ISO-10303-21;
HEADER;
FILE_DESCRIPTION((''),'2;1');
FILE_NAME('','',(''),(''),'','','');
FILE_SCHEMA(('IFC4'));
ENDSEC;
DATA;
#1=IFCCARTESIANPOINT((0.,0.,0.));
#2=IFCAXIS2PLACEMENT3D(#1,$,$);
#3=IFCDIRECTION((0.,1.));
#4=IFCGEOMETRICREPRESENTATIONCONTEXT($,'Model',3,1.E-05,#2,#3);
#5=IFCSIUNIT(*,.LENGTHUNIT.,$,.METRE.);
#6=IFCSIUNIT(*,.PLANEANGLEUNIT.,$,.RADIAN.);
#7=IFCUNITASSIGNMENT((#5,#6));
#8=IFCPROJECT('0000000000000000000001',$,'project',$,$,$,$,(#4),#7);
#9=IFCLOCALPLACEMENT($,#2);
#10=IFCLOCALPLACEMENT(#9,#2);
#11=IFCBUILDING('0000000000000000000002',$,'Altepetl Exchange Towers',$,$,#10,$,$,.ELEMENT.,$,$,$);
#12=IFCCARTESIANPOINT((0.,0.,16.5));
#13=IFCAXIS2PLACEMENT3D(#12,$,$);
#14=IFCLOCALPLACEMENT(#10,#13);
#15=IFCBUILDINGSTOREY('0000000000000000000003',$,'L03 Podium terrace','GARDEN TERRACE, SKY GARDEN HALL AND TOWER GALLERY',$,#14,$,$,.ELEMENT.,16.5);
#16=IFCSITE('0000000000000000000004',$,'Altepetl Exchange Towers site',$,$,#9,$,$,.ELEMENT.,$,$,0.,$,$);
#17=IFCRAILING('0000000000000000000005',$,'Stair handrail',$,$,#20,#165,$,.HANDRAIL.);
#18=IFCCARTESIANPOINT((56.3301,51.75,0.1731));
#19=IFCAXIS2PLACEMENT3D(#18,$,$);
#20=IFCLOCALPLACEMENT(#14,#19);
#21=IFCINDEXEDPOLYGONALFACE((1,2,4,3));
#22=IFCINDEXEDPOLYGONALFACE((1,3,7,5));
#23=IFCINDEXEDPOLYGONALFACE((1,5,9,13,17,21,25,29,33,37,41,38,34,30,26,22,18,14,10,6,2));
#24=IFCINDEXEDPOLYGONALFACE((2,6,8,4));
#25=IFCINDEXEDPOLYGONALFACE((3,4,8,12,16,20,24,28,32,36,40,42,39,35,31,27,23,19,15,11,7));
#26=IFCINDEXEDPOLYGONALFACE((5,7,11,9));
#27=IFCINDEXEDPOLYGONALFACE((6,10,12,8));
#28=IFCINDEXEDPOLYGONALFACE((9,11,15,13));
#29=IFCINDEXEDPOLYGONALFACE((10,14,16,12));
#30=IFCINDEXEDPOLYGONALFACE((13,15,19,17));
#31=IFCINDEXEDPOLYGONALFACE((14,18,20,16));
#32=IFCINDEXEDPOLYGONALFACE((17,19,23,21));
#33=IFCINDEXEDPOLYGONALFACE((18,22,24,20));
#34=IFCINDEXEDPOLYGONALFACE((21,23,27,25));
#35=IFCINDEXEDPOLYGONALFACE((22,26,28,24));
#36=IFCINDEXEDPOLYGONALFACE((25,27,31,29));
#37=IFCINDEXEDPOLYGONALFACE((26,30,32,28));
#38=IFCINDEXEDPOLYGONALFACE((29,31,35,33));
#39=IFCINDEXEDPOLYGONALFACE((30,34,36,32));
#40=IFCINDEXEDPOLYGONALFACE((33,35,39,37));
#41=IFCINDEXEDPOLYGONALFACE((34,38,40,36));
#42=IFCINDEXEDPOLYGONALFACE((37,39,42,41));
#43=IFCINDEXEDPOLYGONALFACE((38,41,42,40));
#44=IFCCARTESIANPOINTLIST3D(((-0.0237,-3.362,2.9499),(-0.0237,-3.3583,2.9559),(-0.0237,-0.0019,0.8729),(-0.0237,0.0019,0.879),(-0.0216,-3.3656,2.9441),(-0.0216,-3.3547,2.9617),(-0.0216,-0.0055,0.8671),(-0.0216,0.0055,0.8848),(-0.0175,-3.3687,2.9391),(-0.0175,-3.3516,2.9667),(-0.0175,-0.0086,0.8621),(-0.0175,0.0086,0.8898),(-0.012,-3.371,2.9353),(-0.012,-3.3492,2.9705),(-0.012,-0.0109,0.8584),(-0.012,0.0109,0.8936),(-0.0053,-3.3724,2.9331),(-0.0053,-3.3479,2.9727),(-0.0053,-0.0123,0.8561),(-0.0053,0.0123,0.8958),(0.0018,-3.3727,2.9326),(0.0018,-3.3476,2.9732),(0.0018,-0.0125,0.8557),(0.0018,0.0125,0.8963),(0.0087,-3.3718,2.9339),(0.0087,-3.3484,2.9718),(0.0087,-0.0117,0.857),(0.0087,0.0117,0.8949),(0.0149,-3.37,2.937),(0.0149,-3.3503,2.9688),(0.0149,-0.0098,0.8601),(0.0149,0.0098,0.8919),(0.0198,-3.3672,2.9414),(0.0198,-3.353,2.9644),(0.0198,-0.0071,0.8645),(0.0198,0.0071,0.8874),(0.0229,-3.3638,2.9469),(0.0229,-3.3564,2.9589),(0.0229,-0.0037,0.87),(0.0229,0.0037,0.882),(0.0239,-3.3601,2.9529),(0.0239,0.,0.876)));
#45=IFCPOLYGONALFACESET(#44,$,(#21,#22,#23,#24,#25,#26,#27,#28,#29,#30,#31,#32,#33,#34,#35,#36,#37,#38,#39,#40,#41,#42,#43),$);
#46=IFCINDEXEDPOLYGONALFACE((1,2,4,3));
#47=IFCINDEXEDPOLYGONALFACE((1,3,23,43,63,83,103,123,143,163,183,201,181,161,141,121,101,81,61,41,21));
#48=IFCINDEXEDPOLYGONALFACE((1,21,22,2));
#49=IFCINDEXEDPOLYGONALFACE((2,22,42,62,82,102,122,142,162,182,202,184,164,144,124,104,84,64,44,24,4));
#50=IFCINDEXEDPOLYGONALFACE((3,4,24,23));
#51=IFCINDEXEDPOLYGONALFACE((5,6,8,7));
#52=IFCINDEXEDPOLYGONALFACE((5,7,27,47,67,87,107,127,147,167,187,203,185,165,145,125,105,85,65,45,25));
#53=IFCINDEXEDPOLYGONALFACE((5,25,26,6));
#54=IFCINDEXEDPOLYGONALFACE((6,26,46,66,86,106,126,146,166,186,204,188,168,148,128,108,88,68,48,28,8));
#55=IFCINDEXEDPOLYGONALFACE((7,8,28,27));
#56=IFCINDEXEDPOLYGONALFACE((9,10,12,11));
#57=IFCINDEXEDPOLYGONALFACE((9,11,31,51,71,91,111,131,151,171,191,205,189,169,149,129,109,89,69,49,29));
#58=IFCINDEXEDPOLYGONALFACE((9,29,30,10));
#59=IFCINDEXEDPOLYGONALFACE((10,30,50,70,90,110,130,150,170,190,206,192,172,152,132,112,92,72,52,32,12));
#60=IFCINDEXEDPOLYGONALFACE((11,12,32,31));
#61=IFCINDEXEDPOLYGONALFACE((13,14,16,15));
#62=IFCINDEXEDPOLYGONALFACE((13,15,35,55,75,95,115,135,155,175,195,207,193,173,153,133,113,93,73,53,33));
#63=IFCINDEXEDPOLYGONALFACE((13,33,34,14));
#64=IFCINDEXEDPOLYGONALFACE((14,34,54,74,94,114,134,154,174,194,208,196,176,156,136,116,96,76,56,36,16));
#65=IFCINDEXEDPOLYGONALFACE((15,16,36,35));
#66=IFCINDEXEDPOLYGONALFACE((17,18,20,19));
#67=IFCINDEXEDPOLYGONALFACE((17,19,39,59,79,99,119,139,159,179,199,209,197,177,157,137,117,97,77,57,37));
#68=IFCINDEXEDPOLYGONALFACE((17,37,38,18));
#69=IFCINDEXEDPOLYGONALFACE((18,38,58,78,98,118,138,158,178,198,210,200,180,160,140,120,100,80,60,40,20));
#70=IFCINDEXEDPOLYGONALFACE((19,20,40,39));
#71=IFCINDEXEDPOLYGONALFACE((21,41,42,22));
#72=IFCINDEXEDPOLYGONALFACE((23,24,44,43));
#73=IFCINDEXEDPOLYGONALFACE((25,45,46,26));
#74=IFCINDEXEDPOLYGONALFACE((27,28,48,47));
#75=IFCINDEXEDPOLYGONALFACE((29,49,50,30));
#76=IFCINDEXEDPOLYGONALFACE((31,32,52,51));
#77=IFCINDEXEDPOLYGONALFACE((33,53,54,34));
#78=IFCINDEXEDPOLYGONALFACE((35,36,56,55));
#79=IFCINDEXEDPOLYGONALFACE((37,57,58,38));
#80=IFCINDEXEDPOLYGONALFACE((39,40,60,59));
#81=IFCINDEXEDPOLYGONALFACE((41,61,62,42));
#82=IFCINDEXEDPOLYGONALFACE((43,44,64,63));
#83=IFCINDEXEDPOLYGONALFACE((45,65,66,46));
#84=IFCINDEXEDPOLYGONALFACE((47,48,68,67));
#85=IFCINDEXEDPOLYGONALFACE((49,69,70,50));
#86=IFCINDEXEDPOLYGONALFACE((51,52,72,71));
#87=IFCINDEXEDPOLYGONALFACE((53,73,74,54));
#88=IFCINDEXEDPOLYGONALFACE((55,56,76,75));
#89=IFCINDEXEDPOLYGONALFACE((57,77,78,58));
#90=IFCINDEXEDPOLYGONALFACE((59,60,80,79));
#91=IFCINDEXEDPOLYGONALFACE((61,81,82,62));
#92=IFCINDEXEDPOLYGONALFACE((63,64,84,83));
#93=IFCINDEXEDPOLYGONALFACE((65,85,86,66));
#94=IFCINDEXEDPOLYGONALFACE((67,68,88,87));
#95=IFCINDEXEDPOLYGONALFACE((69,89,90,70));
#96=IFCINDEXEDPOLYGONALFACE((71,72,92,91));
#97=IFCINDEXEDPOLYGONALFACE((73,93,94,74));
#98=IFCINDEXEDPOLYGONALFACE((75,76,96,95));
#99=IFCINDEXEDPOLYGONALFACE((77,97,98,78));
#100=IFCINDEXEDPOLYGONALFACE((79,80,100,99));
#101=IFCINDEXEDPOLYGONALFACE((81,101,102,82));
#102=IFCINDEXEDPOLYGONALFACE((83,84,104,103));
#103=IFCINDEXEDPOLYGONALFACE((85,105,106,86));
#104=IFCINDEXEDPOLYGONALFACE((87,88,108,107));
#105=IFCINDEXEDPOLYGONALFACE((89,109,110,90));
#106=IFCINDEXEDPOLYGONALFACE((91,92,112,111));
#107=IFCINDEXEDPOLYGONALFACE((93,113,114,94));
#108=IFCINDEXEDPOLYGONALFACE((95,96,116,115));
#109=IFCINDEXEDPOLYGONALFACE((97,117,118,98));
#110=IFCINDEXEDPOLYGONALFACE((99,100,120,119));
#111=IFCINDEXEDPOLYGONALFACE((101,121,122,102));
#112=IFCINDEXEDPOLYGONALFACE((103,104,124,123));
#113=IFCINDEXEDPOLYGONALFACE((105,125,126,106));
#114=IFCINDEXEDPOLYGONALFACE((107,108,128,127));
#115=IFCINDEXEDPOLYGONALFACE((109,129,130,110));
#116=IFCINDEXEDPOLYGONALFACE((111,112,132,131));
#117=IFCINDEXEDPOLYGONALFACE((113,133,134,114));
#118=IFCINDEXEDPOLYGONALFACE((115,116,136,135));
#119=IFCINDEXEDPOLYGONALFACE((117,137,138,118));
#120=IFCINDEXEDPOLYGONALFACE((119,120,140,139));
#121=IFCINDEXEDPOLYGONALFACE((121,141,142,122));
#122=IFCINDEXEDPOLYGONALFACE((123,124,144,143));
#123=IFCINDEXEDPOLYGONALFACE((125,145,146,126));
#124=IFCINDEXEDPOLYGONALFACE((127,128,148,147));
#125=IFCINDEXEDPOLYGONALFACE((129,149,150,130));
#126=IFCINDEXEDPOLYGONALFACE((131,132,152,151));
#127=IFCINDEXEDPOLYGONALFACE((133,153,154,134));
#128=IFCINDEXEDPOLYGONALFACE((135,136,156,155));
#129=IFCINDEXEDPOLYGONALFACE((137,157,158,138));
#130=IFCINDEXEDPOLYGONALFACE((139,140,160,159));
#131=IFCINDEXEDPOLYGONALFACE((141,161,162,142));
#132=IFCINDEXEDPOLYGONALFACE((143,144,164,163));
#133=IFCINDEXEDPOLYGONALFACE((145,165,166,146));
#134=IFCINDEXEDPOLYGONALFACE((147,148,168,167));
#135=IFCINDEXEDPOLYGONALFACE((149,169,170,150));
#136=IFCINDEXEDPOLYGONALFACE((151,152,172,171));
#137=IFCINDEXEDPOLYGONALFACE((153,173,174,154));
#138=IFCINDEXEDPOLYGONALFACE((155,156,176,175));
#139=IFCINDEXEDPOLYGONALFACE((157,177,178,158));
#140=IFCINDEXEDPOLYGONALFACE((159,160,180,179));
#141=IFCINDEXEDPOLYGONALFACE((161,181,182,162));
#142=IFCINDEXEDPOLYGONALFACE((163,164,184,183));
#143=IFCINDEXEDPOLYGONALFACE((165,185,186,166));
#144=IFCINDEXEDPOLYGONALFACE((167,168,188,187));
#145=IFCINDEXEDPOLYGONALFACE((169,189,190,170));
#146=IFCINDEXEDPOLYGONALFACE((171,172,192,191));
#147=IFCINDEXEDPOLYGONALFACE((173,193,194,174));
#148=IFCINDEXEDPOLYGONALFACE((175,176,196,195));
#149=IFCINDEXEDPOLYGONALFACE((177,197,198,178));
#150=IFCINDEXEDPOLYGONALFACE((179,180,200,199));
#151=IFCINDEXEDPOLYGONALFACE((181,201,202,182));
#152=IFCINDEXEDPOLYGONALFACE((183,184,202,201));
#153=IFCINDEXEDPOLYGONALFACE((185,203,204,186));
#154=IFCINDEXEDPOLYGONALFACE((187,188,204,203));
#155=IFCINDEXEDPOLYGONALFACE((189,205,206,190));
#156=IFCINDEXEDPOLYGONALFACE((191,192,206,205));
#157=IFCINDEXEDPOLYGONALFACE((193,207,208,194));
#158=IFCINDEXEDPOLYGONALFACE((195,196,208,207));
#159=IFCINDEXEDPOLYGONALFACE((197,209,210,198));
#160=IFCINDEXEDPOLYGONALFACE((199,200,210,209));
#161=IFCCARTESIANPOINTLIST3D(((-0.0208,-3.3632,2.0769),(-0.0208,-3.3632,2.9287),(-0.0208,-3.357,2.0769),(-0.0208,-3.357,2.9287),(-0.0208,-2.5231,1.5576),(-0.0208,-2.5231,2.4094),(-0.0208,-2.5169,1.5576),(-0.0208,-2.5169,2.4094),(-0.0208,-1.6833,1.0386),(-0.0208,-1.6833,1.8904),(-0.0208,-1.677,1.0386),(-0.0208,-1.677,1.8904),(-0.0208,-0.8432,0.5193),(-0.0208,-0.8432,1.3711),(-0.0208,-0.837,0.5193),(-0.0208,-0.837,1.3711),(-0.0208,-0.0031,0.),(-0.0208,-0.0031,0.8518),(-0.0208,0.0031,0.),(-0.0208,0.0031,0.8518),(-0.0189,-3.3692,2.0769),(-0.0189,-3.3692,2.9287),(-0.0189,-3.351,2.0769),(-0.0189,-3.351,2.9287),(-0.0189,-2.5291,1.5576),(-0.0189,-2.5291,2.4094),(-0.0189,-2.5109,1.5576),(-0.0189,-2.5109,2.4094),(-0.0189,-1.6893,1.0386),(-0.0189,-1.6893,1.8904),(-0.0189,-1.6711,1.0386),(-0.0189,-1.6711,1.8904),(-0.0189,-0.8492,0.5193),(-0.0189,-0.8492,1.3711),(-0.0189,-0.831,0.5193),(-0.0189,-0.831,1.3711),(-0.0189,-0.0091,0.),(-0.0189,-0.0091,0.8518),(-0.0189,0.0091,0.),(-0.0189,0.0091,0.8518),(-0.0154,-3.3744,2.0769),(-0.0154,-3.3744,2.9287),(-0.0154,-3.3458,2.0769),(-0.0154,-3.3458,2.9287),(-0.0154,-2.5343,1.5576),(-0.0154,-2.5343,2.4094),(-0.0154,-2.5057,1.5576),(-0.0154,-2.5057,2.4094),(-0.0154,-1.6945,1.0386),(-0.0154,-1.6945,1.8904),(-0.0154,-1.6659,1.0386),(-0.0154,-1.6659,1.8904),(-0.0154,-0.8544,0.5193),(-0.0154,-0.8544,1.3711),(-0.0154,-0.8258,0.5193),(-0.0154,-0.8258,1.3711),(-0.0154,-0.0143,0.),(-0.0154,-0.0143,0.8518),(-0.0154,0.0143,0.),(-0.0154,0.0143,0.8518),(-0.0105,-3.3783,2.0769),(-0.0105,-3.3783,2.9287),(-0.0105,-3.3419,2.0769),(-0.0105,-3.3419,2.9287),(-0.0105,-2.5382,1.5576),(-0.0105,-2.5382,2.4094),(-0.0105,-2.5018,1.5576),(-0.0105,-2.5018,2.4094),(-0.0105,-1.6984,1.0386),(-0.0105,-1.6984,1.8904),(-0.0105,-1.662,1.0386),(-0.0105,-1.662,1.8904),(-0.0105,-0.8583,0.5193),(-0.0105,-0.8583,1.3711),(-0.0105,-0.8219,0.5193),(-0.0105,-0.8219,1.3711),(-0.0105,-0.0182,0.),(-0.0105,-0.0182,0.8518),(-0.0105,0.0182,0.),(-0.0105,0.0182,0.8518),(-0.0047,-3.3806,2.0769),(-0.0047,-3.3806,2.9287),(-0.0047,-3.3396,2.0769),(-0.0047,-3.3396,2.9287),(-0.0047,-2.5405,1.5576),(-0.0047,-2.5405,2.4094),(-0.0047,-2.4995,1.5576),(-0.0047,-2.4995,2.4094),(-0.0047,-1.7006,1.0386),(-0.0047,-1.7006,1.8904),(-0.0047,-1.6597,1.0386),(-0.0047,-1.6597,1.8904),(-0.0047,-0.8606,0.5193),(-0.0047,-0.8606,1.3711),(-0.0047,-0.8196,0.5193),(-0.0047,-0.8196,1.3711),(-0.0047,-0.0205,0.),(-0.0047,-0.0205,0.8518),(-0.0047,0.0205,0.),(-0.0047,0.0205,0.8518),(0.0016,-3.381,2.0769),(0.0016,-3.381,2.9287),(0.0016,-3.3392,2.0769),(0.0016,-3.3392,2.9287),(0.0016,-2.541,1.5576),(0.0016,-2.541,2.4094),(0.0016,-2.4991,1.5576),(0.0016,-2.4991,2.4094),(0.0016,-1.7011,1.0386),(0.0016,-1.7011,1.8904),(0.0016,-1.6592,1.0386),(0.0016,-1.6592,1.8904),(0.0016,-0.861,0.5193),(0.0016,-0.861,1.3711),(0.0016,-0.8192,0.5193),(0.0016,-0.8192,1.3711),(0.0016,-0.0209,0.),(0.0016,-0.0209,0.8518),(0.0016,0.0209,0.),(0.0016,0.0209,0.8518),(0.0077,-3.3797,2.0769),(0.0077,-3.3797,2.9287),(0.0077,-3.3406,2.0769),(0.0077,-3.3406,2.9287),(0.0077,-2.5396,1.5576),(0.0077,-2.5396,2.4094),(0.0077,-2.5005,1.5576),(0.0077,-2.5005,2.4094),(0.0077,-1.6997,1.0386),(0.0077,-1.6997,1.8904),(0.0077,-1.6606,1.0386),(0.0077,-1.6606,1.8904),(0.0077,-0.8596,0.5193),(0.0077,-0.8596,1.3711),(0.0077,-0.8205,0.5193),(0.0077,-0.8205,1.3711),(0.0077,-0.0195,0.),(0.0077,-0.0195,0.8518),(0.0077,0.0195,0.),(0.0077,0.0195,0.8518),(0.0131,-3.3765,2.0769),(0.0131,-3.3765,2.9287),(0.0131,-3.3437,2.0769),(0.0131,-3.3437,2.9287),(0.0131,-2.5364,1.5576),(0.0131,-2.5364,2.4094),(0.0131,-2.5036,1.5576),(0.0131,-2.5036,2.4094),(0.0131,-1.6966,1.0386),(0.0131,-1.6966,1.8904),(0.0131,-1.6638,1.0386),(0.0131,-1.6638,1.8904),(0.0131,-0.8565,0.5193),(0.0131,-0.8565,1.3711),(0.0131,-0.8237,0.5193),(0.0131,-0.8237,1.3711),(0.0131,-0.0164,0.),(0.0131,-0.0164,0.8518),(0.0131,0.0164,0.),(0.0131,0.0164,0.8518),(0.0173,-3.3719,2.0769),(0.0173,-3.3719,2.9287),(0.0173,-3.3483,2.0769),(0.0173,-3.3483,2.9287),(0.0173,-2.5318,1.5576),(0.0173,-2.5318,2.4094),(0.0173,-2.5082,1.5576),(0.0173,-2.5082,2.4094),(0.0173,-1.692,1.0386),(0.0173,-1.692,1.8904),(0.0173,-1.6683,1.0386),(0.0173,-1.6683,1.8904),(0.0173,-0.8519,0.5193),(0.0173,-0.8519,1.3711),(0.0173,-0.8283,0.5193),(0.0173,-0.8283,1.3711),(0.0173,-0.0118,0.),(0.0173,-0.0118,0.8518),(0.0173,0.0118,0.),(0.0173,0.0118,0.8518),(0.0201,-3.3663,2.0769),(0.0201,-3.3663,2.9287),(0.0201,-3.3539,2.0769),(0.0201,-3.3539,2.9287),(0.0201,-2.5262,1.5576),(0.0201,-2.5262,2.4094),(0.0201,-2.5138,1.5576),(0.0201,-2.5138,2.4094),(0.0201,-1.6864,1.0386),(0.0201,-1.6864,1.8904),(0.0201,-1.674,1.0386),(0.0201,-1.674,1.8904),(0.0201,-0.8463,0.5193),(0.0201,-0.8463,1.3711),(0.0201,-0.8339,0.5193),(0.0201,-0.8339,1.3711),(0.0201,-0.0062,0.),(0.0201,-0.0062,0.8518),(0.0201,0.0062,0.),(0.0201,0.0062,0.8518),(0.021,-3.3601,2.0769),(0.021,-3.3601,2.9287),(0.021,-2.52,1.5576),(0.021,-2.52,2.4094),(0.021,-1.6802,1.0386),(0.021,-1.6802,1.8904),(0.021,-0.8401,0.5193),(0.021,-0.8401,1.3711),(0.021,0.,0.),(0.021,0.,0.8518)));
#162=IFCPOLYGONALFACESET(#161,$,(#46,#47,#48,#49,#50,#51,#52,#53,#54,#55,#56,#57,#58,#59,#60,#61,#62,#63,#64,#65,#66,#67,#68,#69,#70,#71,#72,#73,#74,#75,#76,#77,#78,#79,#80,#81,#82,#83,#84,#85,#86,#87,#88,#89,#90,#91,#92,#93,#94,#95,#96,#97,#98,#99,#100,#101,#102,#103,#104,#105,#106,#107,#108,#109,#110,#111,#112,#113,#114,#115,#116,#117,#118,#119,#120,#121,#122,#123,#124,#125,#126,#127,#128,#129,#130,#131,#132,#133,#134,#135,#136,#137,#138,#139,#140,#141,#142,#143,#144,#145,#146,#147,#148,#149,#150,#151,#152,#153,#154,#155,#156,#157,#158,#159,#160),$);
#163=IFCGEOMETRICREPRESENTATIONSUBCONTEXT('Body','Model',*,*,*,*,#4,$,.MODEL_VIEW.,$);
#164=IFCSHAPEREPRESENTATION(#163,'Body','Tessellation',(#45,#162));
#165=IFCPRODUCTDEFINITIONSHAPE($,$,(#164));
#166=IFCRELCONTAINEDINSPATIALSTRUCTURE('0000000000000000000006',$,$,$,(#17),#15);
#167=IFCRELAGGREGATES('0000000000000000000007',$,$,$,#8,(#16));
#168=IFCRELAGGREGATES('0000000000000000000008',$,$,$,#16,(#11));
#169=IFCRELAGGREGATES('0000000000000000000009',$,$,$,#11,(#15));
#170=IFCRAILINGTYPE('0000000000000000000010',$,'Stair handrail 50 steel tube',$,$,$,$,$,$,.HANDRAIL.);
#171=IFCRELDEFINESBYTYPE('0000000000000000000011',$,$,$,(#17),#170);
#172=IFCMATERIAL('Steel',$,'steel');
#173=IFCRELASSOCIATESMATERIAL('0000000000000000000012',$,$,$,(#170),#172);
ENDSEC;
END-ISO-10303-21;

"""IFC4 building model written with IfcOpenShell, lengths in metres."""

from ifc_helpers import new_model, si_unit, direction, frame, origin, origin_2d, place, context, subcontext, project, spatial, circle, extrude, source, transform, mapped, material, type_object, element, save


model = new_model("IFC4")

# Units and contexts
model_context = context("Model", 3, precision=1e-05, world=origin(), true_north=direction((0.0, 1.0)))
body_context = subcontext(model_context, "Body", "Model", "MODEL_VIEW")
ifc_project = project(units=[si_unit("LENGTHUNIT", "METRE"), si_unit("PLANEANGLEUNIT", "RADIAN")], contexts=[model_context])

# Site, building, storey
site_placement = place(None, origin())
site = spatial("IfcSite", under=ifc_project, at=site_placement, Name="Altepetl Exchange Towers site", CompositionType="ELEMENT", RefElevation=0.0)
building_placement = place(site_placement, origin())
building = spatial("IfcBuilding", under=site, at=building_placement, Name="Altepetl Exchange Towers", CompositionType="ELEMENT")
storey_placement = place(building_placement, frame((0.0, 0.0, 16.5)))
storey = spatial("IfcBuildingStorey", under=building, at=storey_placement, Name="L03 Podium terrace", Description="GARDEN TERRACE, SKY GARDEN HALL AND TOWER GALLERY", CompositionType="ELEMENT", Elevation=16.5)

# Railing
ifc_material_1 = material(Name="Steel", Category="steel")
railing_type = type_object("IfcRailingType", Name="Stair handrail 50 steel tube", PredefinedType="HANDRAIL", material=ifc_material_1)
shared_shape = source(origin(), body_context, "Body", "SweptSolid", [
    extrude(circle(Radius=0.021, at=origin_2d()), origin(), (0.0, 0.0, 1.0), 0.8518),
])
railing_1_placement = place(storey_placement, frame((56.3301, 51.75, 0.1731)))
element("IfcRailing", 1, at=railing_1_placement, inside=storey, type_object=railing_type, Name="Stair handrail", PredefinedType="HANDRAIL", context=body_context, shape_type="SweptSolid", body=[
    extrude(circle(Radius=0.0239, at=origin_2d()), frame((0.0, 0.0, 0.876), z_axis=(0.0, -0.850623, 0.525776), x_axis=(1.0, 0.0, 0.0)), (0.0, 0.0, 1.0), 3.9502),
    mapped(shared_shape, transform((0.0, 0.0, 0.0))),
    mapped(shared_shape, transform((0.0, -0.8401, 0.5193))),
    mapped(shared_shape, transform((0.0, -1.6802, 1.0386))),
    mapped(shared_shape, transform((0.0, -2.52, 1.5576))),
    mapped(shared_shape, transform((0.0, -3.3601, 2.0769))),
])

save(model, "model.ifc")
